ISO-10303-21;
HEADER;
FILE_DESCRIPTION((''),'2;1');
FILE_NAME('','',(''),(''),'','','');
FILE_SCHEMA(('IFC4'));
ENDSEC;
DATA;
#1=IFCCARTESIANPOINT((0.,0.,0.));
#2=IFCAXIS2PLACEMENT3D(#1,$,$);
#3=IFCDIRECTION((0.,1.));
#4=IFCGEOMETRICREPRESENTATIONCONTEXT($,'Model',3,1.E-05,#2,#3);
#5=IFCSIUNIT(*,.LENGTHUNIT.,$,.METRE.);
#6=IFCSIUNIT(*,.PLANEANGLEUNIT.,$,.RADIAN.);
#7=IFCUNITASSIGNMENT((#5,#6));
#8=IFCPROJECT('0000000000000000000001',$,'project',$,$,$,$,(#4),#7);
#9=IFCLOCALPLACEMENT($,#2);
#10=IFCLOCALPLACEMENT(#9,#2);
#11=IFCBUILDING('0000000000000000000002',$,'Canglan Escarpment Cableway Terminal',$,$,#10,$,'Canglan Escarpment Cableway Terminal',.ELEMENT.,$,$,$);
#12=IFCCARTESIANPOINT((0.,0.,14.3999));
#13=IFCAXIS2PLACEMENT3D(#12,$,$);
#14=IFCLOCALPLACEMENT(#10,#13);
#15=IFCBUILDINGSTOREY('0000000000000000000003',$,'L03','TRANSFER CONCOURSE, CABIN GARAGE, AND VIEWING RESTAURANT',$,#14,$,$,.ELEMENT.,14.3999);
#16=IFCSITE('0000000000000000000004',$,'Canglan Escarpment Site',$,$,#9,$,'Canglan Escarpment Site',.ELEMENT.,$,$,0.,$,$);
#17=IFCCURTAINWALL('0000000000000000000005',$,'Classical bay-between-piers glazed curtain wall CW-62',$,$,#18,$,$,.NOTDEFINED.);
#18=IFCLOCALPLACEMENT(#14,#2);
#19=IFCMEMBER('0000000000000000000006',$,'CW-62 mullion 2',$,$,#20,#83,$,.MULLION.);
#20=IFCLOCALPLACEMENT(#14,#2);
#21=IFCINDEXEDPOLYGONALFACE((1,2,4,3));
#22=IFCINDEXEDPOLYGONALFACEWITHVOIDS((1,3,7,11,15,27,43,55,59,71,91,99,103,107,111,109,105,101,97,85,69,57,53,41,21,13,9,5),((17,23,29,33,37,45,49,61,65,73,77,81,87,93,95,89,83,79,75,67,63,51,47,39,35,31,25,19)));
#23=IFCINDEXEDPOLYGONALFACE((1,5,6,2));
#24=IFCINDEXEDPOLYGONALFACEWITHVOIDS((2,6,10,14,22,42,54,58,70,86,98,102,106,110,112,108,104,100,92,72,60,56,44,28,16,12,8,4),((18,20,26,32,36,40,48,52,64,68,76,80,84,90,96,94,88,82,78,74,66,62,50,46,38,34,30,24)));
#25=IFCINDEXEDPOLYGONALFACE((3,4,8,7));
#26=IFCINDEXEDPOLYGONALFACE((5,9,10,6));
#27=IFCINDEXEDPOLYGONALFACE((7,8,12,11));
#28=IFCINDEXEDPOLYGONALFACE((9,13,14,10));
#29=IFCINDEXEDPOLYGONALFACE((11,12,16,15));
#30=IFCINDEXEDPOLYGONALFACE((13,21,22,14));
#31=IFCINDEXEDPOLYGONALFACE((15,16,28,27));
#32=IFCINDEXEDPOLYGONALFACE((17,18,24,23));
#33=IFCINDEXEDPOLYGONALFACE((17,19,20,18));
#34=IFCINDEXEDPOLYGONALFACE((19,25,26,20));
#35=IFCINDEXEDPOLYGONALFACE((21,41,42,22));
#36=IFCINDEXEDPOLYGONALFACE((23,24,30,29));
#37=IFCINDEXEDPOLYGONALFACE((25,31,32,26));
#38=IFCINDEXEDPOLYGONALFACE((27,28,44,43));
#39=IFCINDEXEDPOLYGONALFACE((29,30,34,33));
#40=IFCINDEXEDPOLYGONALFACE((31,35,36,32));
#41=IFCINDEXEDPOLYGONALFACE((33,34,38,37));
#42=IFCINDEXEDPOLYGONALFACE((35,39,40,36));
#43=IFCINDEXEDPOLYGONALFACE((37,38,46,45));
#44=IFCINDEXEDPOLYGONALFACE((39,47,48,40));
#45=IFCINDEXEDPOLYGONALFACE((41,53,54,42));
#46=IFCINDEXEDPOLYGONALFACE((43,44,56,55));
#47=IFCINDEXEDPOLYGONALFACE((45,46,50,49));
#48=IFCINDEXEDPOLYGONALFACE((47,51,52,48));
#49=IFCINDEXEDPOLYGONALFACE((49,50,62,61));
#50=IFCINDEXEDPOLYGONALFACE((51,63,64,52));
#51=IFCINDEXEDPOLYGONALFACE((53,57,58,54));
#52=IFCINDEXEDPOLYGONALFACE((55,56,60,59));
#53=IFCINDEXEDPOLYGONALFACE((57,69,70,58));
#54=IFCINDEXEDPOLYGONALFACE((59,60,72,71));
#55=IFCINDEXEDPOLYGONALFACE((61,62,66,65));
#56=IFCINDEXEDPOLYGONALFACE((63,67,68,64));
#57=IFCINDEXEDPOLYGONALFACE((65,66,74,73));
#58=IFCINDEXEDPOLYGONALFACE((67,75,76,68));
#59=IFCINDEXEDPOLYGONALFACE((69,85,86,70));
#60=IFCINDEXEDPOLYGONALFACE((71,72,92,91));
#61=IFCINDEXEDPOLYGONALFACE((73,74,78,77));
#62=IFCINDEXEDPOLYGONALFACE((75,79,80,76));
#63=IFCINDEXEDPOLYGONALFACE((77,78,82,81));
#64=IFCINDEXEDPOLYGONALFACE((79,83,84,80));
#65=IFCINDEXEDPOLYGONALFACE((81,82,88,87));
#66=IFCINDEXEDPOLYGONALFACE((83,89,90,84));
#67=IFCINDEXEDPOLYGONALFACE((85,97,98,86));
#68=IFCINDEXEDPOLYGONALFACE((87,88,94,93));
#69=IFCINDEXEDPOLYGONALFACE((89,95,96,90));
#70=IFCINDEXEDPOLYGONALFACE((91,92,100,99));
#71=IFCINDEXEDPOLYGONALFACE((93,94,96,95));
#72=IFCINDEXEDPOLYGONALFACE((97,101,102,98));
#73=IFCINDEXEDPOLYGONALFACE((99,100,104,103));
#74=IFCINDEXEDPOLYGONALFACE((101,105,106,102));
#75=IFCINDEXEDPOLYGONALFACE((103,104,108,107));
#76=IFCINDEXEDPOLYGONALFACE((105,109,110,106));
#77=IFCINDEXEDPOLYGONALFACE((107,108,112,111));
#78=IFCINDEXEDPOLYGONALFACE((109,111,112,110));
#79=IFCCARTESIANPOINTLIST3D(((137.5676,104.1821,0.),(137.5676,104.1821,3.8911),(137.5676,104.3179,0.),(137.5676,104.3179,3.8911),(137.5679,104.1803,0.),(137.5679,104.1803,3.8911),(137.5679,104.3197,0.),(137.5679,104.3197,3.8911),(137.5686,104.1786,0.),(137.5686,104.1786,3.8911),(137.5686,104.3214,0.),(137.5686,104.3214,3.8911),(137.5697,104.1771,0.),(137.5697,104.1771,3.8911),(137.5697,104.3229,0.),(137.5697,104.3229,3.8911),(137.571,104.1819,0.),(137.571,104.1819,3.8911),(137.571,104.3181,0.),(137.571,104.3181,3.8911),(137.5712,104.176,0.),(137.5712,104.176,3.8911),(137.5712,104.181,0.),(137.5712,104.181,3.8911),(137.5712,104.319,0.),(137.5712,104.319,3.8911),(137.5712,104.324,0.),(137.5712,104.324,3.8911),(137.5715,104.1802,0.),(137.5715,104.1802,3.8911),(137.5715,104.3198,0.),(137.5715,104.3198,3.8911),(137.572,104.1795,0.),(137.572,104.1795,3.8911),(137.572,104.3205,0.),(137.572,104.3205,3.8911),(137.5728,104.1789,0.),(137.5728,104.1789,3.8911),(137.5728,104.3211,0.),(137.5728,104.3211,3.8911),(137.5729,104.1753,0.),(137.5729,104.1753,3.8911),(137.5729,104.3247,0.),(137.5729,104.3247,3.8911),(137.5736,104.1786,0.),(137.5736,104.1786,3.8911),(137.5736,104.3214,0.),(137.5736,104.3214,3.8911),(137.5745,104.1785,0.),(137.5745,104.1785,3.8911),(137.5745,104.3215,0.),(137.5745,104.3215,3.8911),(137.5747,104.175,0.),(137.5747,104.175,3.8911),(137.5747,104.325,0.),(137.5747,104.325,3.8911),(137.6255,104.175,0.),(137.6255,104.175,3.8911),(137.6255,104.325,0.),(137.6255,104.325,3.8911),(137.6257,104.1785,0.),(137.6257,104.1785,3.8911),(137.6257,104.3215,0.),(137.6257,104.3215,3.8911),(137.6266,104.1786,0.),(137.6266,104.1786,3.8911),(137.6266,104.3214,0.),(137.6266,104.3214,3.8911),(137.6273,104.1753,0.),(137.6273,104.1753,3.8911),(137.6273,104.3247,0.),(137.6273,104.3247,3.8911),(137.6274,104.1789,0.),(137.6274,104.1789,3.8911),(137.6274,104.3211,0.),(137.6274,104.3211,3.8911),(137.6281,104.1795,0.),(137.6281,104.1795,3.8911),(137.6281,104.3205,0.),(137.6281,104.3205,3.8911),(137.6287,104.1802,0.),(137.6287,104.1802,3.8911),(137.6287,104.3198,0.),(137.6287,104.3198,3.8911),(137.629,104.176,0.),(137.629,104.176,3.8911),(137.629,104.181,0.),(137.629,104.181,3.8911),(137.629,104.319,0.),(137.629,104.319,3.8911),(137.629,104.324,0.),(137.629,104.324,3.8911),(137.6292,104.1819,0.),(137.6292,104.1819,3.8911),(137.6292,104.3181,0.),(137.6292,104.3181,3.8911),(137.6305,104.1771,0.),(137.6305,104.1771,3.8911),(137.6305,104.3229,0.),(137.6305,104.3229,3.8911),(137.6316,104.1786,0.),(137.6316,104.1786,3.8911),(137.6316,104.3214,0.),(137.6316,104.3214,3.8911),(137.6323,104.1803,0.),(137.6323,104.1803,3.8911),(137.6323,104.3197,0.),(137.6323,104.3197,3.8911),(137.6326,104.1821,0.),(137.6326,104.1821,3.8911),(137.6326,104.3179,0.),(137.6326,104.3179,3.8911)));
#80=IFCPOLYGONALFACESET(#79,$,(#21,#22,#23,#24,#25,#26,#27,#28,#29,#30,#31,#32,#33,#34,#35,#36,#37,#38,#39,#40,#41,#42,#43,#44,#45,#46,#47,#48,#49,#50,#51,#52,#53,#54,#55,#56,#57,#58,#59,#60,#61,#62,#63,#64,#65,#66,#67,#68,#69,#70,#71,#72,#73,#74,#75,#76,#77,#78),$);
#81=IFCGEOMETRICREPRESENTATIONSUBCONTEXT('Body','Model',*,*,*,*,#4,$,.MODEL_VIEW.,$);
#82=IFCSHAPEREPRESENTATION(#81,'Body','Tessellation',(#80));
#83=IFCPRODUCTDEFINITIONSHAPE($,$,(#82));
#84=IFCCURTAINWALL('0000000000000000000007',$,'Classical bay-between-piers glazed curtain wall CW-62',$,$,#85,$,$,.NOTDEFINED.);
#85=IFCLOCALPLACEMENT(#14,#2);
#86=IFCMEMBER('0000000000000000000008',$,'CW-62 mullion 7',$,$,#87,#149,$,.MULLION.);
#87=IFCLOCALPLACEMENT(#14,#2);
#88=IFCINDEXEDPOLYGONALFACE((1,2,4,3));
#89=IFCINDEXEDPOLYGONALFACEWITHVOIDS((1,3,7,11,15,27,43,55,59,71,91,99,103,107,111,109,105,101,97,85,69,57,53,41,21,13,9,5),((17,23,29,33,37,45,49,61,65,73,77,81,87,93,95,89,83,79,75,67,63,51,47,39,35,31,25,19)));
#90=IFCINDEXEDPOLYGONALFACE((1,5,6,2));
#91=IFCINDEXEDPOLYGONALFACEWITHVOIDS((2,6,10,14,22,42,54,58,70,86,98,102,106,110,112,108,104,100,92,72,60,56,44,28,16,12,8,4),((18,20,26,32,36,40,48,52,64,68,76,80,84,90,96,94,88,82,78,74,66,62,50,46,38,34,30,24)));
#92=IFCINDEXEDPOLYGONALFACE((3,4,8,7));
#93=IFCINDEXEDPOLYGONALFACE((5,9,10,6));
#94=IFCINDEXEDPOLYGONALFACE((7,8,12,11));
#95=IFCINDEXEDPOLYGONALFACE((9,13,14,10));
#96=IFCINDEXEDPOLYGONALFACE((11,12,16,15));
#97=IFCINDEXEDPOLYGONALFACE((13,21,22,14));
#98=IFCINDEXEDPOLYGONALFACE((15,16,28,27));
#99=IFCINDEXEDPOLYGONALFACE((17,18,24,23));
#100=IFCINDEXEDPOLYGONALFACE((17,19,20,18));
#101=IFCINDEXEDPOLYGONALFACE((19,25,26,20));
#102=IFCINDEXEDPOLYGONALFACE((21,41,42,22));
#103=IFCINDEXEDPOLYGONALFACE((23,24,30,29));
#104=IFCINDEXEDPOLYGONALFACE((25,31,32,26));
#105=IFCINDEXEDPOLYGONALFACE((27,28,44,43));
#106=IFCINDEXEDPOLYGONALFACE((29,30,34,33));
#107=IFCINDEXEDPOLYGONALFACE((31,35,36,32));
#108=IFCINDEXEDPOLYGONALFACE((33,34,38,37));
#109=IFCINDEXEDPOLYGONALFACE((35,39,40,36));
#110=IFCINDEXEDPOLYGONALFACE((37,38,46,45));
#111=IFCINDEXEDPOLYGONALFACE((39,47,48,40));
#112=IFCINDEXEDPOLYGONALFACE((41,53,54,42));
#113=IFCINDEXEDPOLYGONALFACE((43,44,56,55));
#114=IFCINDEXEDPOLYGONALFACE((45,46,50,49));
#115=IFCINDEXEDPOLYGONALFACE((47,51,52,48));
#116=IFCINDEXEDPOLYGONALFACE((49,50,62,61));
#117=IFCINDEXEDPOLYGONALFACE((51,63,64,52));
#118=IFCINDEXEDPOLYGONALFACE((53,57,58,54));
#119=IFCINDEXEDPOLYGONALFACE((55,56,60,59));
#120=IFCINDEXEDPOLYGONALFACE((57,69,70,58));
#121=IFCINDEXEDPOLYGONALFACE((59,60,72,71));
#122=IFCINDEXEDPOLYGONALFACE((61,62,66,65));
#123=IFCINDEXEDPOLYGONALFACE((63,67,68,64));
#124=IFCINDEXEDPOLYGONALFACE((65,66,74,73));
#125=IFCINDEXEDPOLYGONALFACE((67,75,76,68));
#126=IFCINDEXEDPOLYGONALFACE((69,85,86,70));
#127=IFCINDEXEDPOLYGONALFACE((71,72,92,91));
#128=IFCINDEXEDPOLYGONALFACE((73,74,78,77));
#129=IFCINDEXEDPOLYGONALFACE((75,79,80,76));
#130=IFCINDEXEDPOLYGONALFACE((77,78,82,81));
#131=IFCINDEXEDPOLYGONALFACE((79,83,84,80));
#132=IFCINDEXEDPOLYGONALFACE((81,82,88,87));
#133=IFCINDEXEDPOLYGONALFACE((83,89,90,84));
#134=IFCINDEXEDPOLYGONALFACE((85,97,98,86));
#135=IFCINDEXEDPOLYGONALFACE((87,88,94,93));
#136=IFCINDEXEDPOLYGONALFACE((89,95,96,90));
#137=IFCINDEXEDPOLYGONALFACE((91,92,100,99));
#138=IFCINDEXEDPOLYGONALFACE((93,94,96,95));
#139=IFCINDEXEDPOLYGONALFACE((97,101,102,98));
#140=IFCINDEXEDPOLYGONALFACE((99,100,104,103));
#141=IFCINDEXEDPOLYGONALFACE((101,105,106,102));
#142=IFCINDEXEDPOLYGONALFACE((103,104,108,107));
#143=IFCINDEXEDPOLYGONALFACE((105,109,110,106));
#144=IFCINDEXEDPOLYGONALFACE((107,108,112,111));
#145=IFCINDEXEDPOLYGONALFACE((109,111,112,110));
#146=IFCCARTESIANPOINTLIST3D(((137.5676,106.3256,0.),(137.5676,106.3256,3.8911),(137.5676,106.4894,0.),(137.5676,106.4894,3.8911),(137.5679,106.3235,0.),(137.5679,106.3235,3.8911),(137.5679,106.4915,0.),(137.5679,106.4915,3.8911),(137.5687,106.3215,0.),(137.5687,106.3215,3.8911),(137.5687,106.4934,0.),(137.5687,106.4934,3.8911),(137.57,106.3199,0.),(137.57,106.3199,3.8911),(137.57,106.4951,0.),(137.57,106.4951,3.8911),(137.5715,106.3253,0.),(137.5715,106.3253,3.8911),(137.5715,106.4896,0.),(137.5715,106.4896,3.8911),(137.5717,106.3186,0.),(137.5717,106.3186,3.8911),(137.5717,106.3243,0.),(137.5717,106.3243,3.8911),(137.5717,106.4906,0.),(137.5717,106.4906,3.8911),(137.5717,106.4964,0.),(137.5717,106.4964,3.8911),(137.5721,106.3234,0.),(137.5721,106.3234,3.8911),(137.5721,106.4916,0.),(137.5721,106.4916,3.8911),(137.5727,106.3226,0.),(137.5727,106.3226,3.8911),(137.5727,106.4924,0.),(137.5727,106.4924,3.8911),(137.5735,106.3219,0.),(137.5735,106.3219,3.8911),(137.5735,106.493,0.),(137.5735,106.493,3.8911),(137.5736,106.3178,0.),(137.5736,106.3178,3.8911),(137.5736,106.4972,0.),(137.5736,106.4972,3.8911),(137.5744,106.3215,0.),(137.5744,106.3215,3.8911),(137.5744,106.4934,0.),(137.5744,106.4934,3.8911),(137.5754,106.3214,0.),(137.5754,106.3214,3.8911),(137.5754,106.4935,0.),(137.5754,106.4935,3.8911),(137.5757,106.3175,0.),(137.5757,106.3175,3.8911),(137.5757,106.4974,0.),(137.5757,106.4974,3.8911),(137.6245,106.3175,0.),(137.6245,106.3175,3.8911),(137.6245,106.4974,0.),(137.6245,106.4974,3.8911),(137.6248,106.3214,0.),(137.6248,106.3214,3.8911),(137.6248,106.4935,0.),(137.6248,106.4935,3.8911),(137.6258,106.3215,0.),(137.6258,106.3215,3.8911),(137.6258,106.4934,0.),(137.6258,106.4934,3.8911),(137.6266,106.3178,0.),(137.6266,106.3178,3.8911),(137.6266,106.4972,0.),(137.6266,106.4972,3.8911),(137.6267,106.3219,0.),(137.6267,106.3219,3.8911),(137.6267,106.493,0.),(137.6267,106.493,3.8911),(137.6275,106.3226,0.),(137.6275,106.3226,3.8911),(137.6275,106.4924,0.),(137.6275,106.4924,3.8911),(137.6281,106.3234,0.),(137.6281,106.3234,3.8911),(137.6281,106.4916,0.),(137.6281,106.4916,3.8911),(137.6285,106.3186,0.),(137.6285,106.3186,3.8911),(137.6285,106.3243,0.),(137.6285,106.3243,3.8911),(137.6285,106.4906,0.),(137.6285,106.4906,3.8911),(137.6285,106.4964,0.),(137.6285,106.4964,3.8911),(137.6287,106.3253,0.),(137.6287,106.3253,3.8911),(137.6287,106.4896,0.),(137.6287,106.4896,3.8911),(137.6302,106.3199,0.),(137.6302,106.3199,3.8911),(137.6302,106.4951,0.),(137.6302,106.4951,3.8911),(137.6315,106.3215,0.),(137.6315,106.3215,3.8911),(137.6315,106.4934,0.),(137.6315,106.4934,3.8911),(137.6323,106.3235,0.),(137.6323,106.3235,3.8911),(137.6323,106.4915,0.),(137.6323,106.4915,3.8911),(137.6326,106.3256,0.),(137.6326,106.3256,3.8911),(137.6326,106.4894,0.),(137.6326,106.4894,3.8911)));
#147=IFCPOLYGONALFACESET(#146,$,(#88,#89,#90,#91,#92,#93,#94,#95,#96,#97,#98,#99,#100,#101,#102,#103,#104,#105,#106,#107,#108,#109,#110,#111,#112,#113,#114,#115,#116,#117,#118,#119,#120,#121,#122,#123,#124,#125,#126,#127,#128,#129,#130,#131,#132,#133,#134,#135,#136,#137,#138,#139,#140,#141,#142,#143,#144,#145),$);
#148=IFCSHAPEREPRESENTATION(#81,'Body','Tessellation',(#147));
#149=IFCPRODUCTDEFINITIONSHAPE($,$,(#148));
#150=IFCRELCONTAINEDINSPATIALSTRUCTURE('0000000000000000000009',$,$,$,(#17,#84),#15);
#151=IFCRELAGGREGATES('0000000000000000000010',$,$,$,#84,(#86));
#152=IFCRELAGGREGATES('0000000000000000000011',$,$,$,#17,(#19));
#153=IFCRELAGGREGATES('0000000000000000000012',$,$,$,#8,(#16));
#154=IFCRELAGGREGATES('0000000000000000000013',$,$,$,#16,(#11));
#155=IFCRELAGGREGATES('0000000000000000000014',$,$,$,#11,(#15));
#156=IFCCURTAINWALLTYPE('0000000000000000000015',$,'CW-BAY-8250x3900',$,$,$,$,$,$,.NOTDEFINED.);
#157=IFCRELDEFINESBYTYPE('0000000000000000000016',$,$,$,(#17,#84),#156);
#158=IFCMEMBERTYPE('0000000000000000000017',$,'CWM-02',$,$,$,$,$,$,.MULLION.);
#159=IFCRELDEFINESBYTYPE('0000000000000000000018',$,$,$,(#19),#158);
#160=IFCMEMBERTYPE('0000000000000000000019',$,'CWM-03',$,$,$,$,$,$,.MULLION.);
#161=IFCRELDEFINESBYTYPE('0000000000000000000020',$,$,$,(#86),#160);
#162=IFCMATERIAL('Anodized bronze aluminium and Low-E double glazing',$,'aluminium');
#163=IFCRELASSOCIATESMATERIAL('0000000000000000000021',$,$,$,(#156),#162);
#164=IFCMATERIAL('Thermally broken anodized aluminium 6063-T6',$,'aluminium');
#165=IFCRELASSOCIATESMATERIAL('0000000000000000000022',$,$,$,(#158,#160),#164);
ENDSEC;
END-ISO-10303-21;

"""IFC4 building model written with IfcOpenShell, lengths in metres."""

from ifc_helpers import new_model, si_unit, direction, frame, origin, origin_2d, place, context, subcontext, project, spatial, hollow_rectangle, extrude, material, material_profile, profile_set, type_object, element, aggregate, save


model = new_model("IFC4")

# Units and contexts
model_context = context("Model", 3, precision=1e-05, world=origin(), true_north=direction((0.0, 1.0)))
body_context = subcontext(model_context, "Body", "Model", "MODEL_VIEW")
ifc_project = project(units=[si_unit("LENGTHUNIT", "METRE"), si_unit("PLANEANGLEUNIT", "RADIAN")], contexts=[model_context])

# Site, building, storey
site_placement = place(None, origin())
site = spatial("IfcSite", under=ifc_project, at=site_placement, Name="Canglan Escarpment Site", LongName="Canglan Escarpment Site", CompositionType="ELEMENT", RefElevation=0.0)
building_placement = place(site_placement, origin())
building = spatial("IfcBuilding", under=site, at=building_placement, Name="Canglan Escarpment Cableway Terminal", LongName="Canglan Escarpment Cableway Terminal", CompositionType="ELEMENT")
storey_placement = place(building_placement, frame((0.0, 0.0, 14.3999)))
storey = spatial("IfcBuildingStorey", under=building, at=storey_placement, Name="L03", Description="TRANSFER CONCOURSE, CABIN GARAGE, AND VIEWING RESTAURANT", CompositionType="ELEMENT", Elevation=14.3999)

# Curtain wall, member
ifc_material_1 = material(Name="Anodized bronze aluminium and Low-E double glazing", Category="aluminium")
curtain_wall_type = type_object("IfcCurtainWallType", Name="CW-BAY-8250x3900", PredefinedType="NOTDEFINED", material=ifc_material_1)
curtain_wall_1_placement = place(storey_placement, origin())
curtain_wall_1 = element("IfcCurtainWall", 1, at=curtain_wall_1_placement, inside=storey, type_object=curtain_wall_type, Name="Classical bay-between-piers glazed curtain wall CW-62", PredefinedType="NOTDEFINED")
ifc_material_2 = material(Name="Thermally broken anodized aluminium 6063-T6", Category="aluminium")
ifc_material_profile_1 = material_profile(ifc_material_2, hollow_rectangle(XDim=0.0649, YDim=0.1499, WallThickness=0.0034, InnerFilletRadius=0.0034, OuterFilletRadius=0.0071, at=origin_2d()), Name="ALU-MULL 65x150x3.5")
ifc_profile_set_1 = profile_set([ifc_material_profile_1], Name="Thermally broken anodized aluminium 6063-T6")
member_type_1 = type_object("IfcMemberType", Name="CWM-02", PredefinedType="MULLION", material=ifc_profile_set_1)
member_1_placement = place(storey_placement, frame((137.6001, 104.25, 0.0), z_axis=(0.0, 0.0, 1.0), x_axis=(1.0, 0.0, 0.0)))
member_1 = element("IfcMember", 2, at=member_1_placement, type_object=member_type_1, Name="CW-62 mullion 2", PredefinedType="MULLION", context=body_context, shape_type="SweptSolid", body=[
    extrude(hollow_rectangle(XDim=0.0649, YDim=0.1499, WallThickness=0.0034, InnerFilletRadius=0.0034, OuterFilletRadius=0.0071, at=origin_2d()), origin(), (0.0, 0.0, 1.0), 3.8911),
])

# Curtain wall, member
curtain_wall_2_placement = place(storey_placement, origin())
curtain_wall_2 = element("IfcCurtainWall", 3, at=curtain_wall_2_placement, inside=storey, type_object=curtain_wall_type, Name="Classical bay-between-piers glazed curtain wall CW-62", PredefinedType="NOTDEFINED")
ifc_material_profile_2 = material_profile(ifc_material_2, hollow_rectangle(XDim=0.0649, YDim=0.1799, WallThickness=0.0039, InnerFilletRadius=0.0039, OuterFilletRadius=0.0081, at=origin_2d()), Name="ALU-MULL 65x180x4")
ifc_profile_set_2 = profile_set([ifc_material_profile_2], Name="Thermally broken anodized aluminium 6063-T6")
member_type_2 = type_object("IfcMemberType", Name="CWM-03", PredefinedType="MULLION", material=ifc_profile_set_2)
member_2_placement = place(storey_placement, frame((137.6001, 106.4075, 0.0), z_axis=(0.0, 0.0, 1.0), x_axis=(1.0, 0.0, 0.0)))
member_2 = element("IfcMember", 4, at=member_2_placement, type_object=member_type_2, Name="CW-62 mullion 7", PredefinedType="MULLION", context=body_context, shape_type="SweptSolid", body=[
    extrude(hollow_rectangle(XDim=0.0649, YDim=0.1799, WallThickness=0.0039, InnerFilletRadius=0.0039, OuterFilletRadius=0.0081, at=origin_2d()), origin(), (0.0, 0.0, 1.0), 3.8911),
])

aggregate(curtain_wall_2, [member_2])
aggregate(curtain_wall_1, [member_1])

save(model, "model.ifc")
